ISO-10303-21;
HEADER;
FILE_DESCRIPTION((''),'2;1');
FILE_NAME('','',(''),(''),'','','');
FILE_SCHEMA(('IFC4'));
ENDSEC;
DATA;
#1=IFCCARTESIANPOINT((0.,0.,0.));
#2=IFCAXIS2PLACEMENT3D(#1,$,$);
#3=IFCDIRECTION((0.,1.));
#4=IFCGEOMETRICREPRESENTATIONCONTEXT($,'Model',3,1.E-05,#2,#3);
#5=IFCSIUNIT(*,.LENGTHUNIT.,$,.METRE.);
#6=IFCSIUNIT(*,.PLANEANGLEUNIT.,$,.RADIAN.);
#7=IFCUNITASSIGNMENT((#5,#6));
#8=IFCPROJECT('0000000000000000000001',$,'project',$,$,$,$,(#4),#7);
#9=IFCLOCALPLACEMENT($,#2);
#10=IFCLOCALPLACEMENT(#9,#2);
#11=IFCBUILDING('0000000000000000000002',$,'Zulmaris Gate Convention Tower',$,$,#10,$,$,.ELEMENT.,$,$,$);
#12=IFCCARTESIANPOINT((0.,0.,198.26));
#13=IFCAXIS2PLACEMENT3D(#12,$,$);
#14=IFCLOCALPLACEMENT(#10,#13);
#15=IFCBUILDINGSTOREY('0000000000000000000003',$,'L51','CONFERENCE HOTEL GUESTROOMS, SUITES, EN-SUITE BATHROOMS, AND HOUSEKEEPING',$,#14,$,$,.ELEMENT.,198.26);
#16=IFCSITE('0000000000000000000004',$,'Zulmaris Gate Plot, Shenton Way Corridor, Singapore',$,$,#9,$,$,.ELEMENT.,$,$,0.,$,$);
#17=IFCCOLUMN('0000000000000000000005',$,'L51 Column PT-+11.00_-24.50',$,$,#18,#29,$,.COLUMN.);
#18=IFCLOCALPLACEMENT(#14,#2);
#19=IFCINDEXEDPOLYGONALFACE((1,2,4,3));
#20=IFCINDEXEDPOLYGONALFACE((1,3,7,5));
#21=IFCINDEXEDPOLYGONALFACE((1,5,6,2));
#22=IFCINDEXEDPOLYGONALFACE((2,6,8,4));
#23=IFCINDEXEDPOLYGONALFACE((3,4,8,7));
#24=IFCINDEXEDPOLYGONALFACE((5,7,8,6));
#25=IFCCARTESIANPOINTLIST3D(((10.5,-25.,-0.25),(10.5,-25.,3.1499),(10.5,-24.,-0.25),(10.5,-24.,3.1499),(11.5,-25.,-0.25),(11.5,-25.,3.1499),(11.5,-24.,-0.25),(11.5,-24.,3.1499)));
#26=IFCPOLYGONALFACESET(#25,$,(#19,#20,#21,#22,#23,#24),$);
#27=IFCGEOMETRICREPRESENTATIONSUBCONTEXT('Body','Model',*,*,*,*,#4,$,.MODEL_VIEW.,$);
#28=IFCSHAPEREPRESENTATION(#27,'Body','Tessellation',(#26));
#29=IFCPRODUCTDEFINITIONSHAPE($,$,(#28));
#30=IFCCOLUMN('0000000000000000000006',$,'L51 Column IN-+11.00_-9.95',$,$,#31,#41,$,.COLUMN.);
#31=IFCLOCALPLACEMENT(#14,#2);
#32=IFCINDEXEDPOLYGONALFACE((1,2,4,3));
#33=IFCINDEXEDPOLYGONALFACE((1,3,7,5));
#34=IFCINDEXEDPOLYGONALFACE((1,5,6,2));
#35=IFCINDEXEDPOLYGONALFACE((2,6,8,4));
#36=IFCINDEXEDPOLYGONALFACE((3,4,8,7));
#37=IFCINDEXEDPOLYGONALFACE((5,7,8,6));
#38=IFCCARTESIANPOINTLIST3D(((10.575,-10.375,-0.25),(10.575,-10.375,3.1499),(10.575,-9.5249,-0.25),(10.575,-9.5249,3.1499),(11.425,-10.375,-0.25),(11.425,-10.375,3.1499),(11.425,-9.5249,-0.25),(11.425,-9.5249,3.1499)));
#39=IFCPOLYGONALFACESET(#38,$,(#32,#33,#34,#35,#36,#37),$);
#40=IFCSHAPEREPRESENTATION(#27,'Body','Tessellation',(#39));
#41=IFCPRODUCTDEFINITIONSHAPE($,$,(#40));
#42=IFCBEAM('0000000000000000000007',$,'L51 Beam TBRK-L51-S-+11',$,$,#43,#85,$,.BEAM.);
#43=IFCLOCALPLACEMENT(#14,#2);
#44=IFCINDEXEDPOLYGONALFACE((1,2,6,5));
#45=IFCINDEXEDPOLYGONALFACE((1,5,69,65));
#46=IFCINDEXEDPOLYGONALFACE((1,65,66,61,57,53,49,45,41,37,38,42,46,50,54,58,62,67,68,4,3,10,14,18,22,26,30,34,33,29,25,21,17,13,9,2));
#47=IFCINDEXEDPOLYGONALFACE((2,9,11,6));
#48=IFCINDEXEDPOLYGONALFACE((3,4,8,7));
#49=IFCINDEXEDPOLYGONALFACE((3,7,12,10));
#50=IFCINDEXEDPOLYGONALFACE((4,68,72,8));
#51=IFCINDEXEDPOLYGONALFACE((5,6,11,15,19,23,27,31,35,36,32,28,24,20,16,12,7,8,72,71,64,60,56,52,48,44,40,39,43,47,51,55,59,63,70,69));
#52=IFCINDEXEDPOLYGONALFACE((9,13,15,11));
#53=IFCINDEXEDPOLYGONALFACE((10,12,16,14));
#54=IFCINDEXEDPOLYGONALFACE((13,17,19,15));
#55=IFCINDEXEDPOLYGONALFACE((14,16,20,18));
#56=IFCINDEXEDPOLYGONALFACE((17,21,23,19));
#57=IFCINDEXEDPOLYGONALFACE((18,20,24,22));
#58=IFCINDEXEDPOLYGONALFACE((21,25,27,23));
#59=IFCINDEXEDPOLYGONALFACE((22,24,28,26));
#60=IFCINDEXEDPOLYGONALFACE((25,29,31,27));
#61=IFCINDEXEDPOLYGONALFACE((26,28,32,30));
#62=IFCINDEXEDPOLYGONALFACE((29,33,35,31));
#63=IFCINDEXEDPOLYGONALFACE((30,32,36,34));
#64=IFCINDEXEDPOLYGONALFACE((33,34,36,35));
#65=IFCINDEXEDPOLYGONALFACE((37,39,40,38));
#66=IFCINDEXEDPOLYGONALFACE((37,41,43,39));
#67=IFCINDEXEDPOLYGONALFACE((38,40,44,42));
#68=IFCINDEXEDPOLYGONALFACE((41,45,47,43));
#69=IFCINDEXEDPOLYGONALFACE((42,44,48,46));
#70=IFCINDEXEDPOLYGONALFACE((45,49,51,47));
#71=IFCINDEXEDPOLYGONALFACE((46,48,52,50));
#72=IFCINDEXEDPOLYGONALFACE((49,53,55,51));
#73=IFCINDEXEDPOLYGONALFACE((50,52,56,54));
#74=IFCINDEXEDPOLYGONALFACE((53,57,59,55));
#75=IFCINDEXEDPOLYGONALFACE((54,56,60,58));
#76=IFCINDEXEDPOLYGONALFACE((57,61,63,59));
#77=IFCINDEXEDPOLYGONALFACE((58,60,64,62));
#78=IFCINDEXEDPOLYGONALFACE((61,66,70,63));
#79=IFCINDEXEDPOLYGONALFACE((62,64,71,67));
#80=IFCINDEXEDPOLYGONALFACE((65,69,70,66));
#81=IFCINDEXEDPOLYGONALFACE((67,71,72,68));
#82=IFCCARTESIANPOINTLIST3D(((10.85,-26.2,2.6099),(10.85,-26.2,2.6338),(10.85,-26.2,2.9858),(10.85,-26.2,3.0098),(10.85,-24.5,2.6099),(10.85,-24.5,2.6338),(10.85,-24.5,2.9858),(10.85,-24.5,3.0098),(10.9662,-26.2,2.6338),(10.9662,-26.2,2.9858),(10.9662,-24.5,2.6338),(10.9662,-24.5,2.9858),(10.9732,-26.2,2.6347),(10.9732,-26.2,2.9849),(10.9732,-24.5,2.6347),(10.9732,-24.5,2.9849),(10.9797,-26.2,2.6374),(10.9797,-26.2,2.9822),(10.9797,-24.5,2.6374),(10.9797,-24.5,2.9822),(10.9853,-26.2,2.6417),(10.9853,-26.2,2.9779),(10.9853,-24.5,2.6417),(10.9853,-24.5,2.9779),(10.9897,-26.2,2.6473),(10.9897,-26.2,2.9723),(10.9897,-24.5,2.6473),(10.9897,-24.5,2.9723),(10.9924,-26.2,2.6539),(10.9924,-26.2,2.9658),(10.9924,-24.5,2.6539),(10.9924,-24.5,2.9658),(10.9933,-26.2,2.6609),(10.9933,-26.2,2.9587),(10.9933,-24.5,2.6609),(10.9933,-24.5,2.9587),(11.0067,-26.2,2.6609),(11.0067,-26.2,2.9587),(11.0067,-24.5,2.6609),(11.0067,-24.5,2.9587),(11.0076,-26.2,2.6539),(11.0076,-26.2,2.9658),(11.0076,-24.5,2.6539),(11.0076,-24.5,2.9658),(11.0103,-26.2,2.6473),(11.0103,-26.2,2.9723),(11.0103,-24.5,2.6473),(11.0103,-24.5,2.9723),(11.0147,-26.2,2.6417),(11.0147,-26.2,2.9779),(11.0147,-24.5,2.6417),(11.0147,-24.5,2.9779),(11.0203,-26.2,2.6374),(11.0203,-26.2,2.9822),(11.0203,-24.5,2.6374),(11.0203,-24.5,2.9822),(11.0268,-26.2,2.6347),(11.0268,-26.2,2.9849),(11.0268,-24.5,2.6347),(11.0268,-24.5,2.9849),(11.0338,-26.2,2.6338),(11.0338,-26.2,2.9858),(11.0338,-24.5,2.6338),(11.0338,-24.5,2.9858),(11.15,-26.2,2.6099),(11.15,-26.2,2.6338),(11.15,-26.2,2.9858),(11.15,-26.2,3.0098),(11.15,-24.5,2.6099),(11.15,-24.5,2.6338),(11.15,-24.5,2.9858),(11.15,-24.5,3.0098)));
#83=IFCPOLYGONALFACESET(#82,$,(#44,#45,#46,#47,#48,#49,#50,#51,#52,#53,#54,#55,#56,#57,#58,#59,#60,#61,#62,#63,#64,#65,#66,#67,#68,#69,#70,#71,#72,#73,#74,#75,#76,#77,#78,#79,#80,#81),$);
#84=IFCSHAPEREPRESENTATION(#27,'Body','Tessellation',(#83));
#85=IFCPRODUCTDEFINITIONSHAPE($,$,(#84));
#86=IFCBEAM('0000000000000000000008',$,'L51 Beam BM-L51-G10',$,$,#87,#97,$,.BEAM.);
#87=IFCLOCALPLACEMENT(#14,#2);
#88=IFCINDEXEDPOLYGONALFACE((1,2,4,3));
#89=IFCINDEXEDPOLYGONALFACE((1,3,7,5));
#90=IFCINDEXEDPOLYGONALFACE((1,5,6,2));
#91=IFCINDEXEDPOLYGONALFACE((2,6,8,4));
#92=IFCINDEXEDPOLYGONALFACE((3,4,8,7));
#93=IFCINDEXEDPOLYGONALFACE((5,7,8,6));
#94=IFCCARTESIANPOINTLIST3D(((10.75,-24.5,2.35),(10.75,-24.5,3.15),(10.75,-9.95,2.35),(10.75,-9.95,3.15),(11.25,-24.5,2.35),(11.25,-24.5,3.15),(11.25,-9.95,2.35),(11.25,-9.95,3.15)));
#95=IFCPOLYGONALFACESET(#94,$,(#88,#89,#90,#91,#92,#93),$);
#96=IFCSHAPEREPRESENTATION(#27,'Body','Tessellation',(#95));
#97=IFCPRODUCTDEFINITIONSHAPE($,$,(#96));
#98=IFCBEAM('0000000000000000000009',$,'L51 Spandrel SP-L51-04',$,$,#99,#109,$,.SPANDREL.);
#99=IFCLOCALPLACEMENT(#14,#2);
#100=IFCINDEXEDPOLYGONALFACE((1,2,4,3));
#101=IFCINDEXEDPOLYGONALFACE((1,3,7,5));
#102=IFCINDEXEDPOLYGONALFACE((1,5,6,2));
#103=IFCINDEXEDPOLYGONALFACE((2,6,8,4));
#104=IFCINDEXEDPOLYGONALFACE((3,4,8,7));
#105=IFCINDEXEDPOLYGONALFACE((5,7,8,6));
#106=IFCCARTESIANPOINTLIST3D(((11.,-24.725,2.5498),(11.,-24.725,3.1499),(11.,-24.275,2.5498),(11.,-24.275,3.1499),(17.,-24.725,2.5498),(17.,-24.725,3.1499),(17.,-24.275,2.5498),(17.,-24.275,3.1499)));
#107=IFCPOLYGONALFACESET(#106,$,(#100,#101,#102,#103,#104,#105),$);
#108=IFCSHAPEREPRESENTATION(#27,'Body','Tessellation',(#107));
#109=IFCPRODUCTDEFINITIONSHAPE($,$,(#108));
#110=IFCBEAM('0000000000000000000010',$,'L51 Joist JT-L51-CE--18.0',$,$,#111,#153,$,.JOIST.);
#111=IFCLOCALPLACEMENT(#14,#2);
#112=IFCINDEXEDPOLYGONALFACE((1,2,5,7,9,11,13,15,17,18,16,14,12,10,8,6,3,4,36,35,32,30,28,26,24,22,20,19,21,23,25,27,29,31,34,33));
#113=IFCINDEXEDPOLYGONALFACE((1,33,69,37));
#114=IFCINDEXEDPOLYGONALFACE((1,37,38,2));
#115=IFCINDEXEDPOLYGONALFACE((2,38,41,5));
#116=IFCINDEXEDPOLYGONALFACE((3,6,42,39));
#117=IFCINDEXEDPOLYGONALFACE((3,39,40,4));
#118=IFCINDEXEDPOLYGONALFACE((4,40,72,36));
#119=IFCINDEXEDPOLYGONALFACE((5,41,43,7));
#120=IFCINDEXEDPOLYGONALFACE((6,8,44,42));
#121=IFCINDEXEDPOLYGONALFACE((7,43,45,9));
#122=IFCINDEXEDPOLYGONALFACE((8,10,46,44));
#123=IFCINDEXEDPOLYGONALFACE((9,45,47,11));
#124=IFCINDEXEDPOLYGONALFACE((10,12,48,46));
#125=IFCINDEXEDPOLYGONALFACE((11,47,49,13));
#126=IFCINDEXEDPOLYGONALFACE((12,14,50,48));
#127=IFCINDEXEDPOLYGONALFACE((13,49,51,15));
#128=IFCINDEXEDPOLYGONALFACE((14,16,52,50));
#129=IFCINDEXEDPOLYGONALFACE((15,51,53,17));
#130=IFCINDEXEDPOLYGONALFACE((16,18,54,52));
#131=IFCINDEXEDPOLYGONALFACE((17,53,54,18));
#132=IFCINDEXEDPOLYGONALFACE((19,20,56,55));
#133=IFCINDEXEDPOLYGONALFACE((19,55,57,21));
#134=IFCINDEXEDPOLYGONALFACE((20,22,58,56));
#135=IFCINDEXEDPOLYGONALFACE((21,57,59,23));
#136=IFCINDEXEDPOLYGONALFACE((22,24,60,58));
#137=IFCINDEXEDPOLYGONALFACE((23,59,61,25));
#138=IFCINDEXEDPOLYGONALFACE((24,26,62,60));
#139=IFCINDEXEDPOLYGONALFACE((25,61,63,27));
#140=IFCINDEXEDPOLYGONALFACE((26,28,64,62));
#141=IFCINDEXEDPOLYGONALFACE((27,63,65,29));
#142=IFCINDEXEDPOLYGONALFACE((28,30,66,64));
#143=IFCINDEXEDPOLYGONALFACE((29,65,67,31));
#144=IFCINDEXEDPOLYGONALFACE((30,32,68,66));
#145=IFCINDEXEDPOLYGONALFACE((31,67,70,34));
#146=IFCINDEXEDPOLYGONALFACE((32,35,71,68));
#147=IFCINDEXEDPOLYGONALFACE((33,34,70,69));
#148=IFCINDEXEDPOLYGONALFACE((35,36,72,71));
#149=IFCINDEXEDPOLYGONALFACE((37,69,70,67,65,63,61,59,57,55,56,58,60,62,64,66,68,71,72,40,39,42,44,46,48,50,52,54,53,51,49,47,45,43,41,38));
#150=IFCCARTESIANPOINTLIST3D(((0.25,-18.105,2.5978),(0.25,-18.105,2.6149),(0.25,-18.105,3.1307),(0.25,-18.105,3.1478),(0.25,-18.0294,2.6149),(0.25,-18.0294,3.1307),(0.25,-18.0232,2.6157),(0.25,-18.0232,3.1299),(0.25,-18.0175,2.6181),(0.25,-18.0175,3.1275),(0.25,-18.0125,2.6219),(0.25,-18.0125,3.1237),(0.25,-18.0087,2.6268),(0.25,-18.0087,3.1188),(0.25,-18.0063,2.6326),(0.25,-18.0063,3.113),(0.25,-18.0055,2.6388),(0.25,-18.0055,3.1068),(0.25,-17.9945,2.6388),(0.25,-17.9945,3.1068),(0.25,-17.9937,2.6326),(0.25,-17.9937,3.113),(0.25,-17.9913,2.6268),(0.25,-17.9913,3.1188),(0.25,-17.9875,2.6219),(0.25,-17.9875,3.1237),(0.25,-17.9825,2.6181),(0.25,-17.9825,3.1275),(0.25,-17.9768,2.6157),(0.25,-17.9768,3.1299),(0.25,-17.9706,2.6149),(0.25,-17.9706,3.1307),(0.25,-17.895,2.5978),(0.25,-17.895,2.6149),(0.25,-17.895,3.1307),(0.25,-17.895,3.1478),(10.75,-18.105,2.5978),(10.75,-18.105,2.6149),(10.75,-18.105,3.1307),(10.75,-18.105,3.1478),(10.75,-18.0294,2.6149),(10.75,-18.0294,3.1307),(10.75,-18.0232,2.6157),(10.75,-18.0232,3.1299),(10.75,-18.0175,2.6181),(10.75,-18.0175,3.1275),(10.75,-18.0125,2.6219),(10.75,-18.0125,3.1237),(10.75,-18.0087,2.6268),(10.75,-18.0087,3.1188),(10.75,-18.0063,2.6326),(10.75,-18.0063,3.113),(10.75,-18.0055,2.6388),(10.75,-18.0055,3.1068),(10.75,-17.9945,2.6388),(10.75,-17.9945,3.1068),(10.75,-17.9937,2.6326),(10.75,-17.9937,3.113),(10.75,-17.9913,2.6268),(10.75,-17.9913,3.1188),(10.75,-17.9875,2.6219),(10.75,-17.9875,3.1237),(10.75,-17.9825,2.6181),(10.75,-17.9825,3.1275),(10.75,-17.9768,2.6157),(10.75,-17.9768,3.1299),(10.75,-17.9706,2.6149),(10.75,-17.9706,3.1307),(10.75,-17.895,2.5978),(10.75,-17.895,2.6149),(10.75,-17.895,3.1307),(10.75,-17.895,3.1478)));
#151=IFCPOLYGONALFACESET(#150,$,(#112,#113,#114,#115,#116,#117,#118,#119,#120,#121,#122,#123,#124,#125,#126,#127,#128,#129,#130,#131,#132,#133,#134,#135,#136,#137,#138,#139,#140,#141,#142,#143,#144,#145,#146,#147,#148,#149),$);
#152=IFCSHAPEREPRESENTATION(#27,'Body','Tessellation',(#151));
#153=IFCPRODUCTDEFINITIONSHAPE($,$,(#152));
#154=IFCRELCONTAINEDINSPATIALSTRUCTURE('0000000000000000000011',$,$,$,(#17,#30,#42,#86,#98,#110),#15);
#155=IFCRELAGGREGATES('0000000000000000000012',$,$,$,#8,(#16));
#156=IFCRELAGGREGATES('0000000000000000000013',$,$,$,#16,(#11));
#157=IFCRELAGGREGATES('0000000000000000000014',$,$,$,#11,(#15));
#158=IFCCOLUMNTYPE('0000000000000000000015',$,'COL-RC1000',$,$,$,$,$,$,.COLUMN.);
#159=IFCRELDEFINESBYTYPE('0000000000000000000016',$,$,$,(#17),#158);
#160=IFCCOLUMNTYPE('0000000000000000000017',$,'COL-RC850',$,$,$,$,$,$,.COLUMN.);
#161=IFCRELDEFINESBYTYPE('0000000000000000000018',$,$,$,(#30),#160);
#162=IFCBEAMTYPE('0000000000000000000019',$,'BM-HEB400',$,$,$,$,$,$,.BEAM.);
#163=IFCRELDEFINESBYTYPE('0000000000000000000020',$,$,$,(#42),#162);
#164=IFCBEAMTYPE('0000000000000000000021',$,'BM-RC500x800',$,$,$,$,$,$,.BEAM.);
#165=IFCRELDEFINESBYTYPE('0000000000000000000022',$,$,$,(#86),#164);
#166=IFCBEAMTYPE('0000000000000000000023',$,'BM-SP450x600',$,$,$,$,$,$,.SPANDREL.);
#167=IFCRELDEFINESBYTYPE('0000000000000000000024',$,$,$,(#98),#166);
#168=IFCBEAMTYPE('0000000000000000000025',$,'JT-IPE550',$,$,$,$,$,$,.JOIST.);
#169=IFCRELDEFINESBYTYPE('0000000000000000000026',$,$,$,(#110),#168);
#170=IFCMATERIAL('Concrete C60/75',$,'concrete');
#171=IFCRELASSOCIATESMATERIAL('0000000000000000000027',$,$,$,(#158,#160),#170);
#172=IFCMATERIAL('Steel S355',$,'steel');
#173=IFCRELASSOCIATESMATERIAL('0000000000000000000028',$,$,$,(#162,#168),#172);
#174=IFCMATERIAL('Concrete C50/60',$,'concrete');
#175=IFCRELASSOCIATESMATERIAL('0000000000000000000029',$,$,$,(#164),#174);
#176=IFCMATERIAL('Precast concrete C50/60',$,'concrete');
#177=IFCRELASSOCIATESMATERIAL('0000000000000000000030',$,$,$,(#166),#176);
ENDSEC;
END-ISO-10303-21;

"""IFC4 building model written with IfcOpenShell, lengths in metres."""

from ifc_helpers import new_model, si_unit, direction, frame, origin, origin_2d, place, context, subcontext, project, spatial, rectangle, i_section, extrude, material, material_profile, profile_set, type_object, element, save


model = new_model("IFC4")

# Units and contexts
model_context = context("Model", 3, precision=1e-05, world=origin(), true_north=direction((0.0, 1.0)))
body_context = subcontext(model_context, "Body", "Model", "MODEL_VIEW")
ifc_project = project(units=[si_unit("LENGTHUNIT", "METRE"), si_unit("PLANEANGLEUNIT", "RADIAN")], contexts=[model_context])

# Site, building, storey
site_placement = place(None, origin())
site = spatial("IfcSite", under=ifc_project, at=site_placement, Name="Zulmaris Gate Plot, Shenton Way Corridor, Singapore", CompositionType="ELEMENT", RefElevation=0.0)
building_placement = place(site_placement, origin())
building = spatial("IfcBuilding", under=site, at=building_placement, Name="Zulmaris Gate Convention Tower", CompositionType="ELEMENT")
storey_placement = place(building_placement, frame((0.0, 0.0, 198.26)))
storey = spatial("IfcBuildingStorey", under=building, at=storey_placement, Name="L51", Description="CONFERENCE HOTEL GUESTROOMS, SUITES, EN-SUITE BATHROOMS, AND HOUSEKEEPING", CompositionType="ELEMENT", Elevation=198.26)

# Columns
ifc_material_1 = material(Name="Concrete C60/75", Category="concrete")
ifc_material_profile_1 = material_profile(ifc_material_1, rectangle(XDim=1.0, YDim=1.0, at=origin_2d()), Name="RC COL 1000x1000")
ifc_profile_set_1 = profile_set([ifc_material_profile_1], Name="Concrete C60/75")
column_type_1 = type_object("IfcColumnType", Name="COL-RC1000", PredefinedType="COLUMN", material=ifc_profile_set_1)
column_1_placement = place(storey_placement, frame((11.0, -24.5, -0.25), z_axis=(0.0, 0.0, 1.0), x_axis=(1.0, 0.0, 0.0)))
element("IfcColumn", 1, at=column_1_placement, inside=storey, type_object=column_type_1, Name="L51 Column PT-+11.00_-24.50", PredefinedType="COLUMN", context=body_context, shape_type="SweptSolid", body=[
    extrude(rectangle(XDim=1.0, YDim=1.0, at=origin_2d()), origin(), (0.0, 0.0, 1.0), 3.3999),
])
ifc_material_profile_2 = material_profile(ifc_material_1, rectangle(XDim=0.8501, YDim=0.8501, at=origin_2d()), Name="RC COL 850x850")
ifc_profile_set_2 = profile_set([ifc_material_profile_2], Name="Concrete C60/75")
column_type_2 = type_object("IfcColumnType", Name="COL-RC850", PredefinedType="COLUMN", material=ifc_profile_set_2)
column_2_placement = place(storey_placement, frame((11.0, -9.95, -0.25), z_axis=(0.0, 0.0, 1.0), x_axis=(1.0, 0.0, 0.0)))
element("IfcColumn", 2, at=column_2_placement, inside=storey, type_object=column_type_2, Name="L51 Column IN-+11.00_-9.95", PredefinedType="COLUMN", context=body_context, shape_type="SweptSolid", body=[
    extrude(rectangle(XDim=0.8501, YDim=0.8501, at=origin_2d()), origin(), (0.0, 0.0, 1.0), 3.3999),
])

# Beams
ifc_material_2 = material(Name="Steel S355", Category="steel")
ifc_material_profile_3 = material_profile(ifc_material_2, i_section(OverallWidth=0.3, OverallDepth=0.3999, WebThickness=0.0134, FlangeThickness=0.0239, FilletRadius=0.0271, at=origin_2d()), Name="HEB 400")
ifc_profile_set_3 = profile_set([ifc_material_profile_3], Name="Steel S355")
beam_type_1 = type_object("IfcBeamType", Name="BM-HEB400", PredefinedType="BEAM", material=ifc_profile_set_3)
beam_1_placement = place(storey_placement, frame((11.0, -26.2, 2.8098), z_axis=(0.0, 1.0, 0.0), x_axis=(-1.0, 0.0, 0.0)))
element("IfcBeam", 3, at=beam_1_placement, inside=storey, type_object=beam_type_1, Name="L51 Beam TBRK-L51-S-+11", PredefinedType="BEAM", context=body_context, shape_type="SweptSolid", body=[
    extrude(i_section(OverallWidth=0.3, OverallDepth=0.3999, WebThickness=0.0134, FlangeThickness=0.0239, FilletRadius=0.0271, at=origin_2d()), origin(), (0.0, 0.0, 1.0), 1.7),
])
ifc_material_3 = material(Name="Concrete C50/60", Category="concrete")
ifc_material_profile_4 = material_profile(ifc_material_3, rectangle(XDim=0.5, YDim=0.8, at=origin_2d()), Name="RC BEAM 500x800")
ifc_profile_set_4 = profile_set([ifc_material_profile_4], Name="Concrete C50/60")
beam_type_2 = type_object("IfcBeamType", Name="BM-RC500x800", PredefinedType="BEAM", material=ifc_profile_set_4)
beam_2_placement = place(storey_placement, frame((11.0, -24.5, 2.75), z_axis=(0.0, 1.0, 0.0), x_axis=(-1.0, 0.0, 0.0)))
element("IfcBeam", 4, at=beam_2_placement, inside=storey, type_object=beam_type_2, Name="L51 Beam BM-L51-G10", PredefinedType="BEAM", context=body_context, shape_type="SweptSolid", body=[
    extrude(rectangle(XDim=0.5, YDim=0.8, at=origin_2d()), origin(), (0.0, 0.0, 1.0), 14.55),
])
ifc_material_4 = material(Name="Precast concrete C50/60", Category="concrete")
ifc_material_profile_5 = material_profile(ifc_material_4, rectangle(XDim=0.45, YDim=0.6001, at=origin_2d()), Name="RC SPANDREL 450x600")
ifc_profile_set_5 = profile_set([ifc_material_profile_5], Name="Precast concrete C50/60")
beam_type_3 = type_object("IfcBeamType", Name="BM-SP450x600", PredefinedType="SPANDREL", material=ifc_profile_set_5)
beam_3_placement = place(storey_placement, frame((11.0, -24.5, 2.8499), z_axis=(1.0, 0.0, 0.0), x_axis=(0.0, 1.0, 0.0)))
element("IfcBeam", 5, at=beam_3_placement, inside=storey, type_object=beam_type_3, Name="L51 Spandrel SP-L51-04", PredefinedType="SPANDREL", context=body_context, shape_type="SweptSolid", body=[
    extrude(rectangle(XDim=0.45, YDim=0.6001, at=origin_2d()), origin(), (0.0, 0.0, 1.0), 6.0),
])
ifc_material_profile_6 = material_profile(ifc_material_2, i_section(OverallWidth=0.21, OverallDepth=0.55, WebThickness=0.011, FlangeThickness=0.0171, FilletRadius=0.0239, at=origin_2d()), Name="IPE 550")
ifc_profile_set_6 = profile_set([ifc_material_profile_6], Name="Steel S355")
beam_type_4 = type_object("IfcBeamType", Name="JT-IPE550", PredefinedType="JOIST", material=ifc_profile_set_6)
for number, where, z_axis, x_axis, name in (
    (6, (0.25, -18.0, 2.8728), (1.0, 0.0, 0.0), (0.0, 1.0, 0.0), "L51 Joist JT-L51-CE--18.0"),
):
    element("IfcBeam", number, at=place(storey_placement, frame(where, z_axis=z_axis, x_axis=x_axis)), inside=storey, type_object=beam_type_4, Name=name, PredefinedType="JOIST", context=body_context, shape_type="SweptSolid", body=[
        extrude(i_section(OverallWidth=0.21, OverallDepth=0.55, WebThickness=0.011, FlangeThickness=0.0171, FilletRadius=0.0239, at=origin_2d()), origin(), (0.0, 0.0, 1.0), 10.5),
    ])

save(model, "model.ifc")
